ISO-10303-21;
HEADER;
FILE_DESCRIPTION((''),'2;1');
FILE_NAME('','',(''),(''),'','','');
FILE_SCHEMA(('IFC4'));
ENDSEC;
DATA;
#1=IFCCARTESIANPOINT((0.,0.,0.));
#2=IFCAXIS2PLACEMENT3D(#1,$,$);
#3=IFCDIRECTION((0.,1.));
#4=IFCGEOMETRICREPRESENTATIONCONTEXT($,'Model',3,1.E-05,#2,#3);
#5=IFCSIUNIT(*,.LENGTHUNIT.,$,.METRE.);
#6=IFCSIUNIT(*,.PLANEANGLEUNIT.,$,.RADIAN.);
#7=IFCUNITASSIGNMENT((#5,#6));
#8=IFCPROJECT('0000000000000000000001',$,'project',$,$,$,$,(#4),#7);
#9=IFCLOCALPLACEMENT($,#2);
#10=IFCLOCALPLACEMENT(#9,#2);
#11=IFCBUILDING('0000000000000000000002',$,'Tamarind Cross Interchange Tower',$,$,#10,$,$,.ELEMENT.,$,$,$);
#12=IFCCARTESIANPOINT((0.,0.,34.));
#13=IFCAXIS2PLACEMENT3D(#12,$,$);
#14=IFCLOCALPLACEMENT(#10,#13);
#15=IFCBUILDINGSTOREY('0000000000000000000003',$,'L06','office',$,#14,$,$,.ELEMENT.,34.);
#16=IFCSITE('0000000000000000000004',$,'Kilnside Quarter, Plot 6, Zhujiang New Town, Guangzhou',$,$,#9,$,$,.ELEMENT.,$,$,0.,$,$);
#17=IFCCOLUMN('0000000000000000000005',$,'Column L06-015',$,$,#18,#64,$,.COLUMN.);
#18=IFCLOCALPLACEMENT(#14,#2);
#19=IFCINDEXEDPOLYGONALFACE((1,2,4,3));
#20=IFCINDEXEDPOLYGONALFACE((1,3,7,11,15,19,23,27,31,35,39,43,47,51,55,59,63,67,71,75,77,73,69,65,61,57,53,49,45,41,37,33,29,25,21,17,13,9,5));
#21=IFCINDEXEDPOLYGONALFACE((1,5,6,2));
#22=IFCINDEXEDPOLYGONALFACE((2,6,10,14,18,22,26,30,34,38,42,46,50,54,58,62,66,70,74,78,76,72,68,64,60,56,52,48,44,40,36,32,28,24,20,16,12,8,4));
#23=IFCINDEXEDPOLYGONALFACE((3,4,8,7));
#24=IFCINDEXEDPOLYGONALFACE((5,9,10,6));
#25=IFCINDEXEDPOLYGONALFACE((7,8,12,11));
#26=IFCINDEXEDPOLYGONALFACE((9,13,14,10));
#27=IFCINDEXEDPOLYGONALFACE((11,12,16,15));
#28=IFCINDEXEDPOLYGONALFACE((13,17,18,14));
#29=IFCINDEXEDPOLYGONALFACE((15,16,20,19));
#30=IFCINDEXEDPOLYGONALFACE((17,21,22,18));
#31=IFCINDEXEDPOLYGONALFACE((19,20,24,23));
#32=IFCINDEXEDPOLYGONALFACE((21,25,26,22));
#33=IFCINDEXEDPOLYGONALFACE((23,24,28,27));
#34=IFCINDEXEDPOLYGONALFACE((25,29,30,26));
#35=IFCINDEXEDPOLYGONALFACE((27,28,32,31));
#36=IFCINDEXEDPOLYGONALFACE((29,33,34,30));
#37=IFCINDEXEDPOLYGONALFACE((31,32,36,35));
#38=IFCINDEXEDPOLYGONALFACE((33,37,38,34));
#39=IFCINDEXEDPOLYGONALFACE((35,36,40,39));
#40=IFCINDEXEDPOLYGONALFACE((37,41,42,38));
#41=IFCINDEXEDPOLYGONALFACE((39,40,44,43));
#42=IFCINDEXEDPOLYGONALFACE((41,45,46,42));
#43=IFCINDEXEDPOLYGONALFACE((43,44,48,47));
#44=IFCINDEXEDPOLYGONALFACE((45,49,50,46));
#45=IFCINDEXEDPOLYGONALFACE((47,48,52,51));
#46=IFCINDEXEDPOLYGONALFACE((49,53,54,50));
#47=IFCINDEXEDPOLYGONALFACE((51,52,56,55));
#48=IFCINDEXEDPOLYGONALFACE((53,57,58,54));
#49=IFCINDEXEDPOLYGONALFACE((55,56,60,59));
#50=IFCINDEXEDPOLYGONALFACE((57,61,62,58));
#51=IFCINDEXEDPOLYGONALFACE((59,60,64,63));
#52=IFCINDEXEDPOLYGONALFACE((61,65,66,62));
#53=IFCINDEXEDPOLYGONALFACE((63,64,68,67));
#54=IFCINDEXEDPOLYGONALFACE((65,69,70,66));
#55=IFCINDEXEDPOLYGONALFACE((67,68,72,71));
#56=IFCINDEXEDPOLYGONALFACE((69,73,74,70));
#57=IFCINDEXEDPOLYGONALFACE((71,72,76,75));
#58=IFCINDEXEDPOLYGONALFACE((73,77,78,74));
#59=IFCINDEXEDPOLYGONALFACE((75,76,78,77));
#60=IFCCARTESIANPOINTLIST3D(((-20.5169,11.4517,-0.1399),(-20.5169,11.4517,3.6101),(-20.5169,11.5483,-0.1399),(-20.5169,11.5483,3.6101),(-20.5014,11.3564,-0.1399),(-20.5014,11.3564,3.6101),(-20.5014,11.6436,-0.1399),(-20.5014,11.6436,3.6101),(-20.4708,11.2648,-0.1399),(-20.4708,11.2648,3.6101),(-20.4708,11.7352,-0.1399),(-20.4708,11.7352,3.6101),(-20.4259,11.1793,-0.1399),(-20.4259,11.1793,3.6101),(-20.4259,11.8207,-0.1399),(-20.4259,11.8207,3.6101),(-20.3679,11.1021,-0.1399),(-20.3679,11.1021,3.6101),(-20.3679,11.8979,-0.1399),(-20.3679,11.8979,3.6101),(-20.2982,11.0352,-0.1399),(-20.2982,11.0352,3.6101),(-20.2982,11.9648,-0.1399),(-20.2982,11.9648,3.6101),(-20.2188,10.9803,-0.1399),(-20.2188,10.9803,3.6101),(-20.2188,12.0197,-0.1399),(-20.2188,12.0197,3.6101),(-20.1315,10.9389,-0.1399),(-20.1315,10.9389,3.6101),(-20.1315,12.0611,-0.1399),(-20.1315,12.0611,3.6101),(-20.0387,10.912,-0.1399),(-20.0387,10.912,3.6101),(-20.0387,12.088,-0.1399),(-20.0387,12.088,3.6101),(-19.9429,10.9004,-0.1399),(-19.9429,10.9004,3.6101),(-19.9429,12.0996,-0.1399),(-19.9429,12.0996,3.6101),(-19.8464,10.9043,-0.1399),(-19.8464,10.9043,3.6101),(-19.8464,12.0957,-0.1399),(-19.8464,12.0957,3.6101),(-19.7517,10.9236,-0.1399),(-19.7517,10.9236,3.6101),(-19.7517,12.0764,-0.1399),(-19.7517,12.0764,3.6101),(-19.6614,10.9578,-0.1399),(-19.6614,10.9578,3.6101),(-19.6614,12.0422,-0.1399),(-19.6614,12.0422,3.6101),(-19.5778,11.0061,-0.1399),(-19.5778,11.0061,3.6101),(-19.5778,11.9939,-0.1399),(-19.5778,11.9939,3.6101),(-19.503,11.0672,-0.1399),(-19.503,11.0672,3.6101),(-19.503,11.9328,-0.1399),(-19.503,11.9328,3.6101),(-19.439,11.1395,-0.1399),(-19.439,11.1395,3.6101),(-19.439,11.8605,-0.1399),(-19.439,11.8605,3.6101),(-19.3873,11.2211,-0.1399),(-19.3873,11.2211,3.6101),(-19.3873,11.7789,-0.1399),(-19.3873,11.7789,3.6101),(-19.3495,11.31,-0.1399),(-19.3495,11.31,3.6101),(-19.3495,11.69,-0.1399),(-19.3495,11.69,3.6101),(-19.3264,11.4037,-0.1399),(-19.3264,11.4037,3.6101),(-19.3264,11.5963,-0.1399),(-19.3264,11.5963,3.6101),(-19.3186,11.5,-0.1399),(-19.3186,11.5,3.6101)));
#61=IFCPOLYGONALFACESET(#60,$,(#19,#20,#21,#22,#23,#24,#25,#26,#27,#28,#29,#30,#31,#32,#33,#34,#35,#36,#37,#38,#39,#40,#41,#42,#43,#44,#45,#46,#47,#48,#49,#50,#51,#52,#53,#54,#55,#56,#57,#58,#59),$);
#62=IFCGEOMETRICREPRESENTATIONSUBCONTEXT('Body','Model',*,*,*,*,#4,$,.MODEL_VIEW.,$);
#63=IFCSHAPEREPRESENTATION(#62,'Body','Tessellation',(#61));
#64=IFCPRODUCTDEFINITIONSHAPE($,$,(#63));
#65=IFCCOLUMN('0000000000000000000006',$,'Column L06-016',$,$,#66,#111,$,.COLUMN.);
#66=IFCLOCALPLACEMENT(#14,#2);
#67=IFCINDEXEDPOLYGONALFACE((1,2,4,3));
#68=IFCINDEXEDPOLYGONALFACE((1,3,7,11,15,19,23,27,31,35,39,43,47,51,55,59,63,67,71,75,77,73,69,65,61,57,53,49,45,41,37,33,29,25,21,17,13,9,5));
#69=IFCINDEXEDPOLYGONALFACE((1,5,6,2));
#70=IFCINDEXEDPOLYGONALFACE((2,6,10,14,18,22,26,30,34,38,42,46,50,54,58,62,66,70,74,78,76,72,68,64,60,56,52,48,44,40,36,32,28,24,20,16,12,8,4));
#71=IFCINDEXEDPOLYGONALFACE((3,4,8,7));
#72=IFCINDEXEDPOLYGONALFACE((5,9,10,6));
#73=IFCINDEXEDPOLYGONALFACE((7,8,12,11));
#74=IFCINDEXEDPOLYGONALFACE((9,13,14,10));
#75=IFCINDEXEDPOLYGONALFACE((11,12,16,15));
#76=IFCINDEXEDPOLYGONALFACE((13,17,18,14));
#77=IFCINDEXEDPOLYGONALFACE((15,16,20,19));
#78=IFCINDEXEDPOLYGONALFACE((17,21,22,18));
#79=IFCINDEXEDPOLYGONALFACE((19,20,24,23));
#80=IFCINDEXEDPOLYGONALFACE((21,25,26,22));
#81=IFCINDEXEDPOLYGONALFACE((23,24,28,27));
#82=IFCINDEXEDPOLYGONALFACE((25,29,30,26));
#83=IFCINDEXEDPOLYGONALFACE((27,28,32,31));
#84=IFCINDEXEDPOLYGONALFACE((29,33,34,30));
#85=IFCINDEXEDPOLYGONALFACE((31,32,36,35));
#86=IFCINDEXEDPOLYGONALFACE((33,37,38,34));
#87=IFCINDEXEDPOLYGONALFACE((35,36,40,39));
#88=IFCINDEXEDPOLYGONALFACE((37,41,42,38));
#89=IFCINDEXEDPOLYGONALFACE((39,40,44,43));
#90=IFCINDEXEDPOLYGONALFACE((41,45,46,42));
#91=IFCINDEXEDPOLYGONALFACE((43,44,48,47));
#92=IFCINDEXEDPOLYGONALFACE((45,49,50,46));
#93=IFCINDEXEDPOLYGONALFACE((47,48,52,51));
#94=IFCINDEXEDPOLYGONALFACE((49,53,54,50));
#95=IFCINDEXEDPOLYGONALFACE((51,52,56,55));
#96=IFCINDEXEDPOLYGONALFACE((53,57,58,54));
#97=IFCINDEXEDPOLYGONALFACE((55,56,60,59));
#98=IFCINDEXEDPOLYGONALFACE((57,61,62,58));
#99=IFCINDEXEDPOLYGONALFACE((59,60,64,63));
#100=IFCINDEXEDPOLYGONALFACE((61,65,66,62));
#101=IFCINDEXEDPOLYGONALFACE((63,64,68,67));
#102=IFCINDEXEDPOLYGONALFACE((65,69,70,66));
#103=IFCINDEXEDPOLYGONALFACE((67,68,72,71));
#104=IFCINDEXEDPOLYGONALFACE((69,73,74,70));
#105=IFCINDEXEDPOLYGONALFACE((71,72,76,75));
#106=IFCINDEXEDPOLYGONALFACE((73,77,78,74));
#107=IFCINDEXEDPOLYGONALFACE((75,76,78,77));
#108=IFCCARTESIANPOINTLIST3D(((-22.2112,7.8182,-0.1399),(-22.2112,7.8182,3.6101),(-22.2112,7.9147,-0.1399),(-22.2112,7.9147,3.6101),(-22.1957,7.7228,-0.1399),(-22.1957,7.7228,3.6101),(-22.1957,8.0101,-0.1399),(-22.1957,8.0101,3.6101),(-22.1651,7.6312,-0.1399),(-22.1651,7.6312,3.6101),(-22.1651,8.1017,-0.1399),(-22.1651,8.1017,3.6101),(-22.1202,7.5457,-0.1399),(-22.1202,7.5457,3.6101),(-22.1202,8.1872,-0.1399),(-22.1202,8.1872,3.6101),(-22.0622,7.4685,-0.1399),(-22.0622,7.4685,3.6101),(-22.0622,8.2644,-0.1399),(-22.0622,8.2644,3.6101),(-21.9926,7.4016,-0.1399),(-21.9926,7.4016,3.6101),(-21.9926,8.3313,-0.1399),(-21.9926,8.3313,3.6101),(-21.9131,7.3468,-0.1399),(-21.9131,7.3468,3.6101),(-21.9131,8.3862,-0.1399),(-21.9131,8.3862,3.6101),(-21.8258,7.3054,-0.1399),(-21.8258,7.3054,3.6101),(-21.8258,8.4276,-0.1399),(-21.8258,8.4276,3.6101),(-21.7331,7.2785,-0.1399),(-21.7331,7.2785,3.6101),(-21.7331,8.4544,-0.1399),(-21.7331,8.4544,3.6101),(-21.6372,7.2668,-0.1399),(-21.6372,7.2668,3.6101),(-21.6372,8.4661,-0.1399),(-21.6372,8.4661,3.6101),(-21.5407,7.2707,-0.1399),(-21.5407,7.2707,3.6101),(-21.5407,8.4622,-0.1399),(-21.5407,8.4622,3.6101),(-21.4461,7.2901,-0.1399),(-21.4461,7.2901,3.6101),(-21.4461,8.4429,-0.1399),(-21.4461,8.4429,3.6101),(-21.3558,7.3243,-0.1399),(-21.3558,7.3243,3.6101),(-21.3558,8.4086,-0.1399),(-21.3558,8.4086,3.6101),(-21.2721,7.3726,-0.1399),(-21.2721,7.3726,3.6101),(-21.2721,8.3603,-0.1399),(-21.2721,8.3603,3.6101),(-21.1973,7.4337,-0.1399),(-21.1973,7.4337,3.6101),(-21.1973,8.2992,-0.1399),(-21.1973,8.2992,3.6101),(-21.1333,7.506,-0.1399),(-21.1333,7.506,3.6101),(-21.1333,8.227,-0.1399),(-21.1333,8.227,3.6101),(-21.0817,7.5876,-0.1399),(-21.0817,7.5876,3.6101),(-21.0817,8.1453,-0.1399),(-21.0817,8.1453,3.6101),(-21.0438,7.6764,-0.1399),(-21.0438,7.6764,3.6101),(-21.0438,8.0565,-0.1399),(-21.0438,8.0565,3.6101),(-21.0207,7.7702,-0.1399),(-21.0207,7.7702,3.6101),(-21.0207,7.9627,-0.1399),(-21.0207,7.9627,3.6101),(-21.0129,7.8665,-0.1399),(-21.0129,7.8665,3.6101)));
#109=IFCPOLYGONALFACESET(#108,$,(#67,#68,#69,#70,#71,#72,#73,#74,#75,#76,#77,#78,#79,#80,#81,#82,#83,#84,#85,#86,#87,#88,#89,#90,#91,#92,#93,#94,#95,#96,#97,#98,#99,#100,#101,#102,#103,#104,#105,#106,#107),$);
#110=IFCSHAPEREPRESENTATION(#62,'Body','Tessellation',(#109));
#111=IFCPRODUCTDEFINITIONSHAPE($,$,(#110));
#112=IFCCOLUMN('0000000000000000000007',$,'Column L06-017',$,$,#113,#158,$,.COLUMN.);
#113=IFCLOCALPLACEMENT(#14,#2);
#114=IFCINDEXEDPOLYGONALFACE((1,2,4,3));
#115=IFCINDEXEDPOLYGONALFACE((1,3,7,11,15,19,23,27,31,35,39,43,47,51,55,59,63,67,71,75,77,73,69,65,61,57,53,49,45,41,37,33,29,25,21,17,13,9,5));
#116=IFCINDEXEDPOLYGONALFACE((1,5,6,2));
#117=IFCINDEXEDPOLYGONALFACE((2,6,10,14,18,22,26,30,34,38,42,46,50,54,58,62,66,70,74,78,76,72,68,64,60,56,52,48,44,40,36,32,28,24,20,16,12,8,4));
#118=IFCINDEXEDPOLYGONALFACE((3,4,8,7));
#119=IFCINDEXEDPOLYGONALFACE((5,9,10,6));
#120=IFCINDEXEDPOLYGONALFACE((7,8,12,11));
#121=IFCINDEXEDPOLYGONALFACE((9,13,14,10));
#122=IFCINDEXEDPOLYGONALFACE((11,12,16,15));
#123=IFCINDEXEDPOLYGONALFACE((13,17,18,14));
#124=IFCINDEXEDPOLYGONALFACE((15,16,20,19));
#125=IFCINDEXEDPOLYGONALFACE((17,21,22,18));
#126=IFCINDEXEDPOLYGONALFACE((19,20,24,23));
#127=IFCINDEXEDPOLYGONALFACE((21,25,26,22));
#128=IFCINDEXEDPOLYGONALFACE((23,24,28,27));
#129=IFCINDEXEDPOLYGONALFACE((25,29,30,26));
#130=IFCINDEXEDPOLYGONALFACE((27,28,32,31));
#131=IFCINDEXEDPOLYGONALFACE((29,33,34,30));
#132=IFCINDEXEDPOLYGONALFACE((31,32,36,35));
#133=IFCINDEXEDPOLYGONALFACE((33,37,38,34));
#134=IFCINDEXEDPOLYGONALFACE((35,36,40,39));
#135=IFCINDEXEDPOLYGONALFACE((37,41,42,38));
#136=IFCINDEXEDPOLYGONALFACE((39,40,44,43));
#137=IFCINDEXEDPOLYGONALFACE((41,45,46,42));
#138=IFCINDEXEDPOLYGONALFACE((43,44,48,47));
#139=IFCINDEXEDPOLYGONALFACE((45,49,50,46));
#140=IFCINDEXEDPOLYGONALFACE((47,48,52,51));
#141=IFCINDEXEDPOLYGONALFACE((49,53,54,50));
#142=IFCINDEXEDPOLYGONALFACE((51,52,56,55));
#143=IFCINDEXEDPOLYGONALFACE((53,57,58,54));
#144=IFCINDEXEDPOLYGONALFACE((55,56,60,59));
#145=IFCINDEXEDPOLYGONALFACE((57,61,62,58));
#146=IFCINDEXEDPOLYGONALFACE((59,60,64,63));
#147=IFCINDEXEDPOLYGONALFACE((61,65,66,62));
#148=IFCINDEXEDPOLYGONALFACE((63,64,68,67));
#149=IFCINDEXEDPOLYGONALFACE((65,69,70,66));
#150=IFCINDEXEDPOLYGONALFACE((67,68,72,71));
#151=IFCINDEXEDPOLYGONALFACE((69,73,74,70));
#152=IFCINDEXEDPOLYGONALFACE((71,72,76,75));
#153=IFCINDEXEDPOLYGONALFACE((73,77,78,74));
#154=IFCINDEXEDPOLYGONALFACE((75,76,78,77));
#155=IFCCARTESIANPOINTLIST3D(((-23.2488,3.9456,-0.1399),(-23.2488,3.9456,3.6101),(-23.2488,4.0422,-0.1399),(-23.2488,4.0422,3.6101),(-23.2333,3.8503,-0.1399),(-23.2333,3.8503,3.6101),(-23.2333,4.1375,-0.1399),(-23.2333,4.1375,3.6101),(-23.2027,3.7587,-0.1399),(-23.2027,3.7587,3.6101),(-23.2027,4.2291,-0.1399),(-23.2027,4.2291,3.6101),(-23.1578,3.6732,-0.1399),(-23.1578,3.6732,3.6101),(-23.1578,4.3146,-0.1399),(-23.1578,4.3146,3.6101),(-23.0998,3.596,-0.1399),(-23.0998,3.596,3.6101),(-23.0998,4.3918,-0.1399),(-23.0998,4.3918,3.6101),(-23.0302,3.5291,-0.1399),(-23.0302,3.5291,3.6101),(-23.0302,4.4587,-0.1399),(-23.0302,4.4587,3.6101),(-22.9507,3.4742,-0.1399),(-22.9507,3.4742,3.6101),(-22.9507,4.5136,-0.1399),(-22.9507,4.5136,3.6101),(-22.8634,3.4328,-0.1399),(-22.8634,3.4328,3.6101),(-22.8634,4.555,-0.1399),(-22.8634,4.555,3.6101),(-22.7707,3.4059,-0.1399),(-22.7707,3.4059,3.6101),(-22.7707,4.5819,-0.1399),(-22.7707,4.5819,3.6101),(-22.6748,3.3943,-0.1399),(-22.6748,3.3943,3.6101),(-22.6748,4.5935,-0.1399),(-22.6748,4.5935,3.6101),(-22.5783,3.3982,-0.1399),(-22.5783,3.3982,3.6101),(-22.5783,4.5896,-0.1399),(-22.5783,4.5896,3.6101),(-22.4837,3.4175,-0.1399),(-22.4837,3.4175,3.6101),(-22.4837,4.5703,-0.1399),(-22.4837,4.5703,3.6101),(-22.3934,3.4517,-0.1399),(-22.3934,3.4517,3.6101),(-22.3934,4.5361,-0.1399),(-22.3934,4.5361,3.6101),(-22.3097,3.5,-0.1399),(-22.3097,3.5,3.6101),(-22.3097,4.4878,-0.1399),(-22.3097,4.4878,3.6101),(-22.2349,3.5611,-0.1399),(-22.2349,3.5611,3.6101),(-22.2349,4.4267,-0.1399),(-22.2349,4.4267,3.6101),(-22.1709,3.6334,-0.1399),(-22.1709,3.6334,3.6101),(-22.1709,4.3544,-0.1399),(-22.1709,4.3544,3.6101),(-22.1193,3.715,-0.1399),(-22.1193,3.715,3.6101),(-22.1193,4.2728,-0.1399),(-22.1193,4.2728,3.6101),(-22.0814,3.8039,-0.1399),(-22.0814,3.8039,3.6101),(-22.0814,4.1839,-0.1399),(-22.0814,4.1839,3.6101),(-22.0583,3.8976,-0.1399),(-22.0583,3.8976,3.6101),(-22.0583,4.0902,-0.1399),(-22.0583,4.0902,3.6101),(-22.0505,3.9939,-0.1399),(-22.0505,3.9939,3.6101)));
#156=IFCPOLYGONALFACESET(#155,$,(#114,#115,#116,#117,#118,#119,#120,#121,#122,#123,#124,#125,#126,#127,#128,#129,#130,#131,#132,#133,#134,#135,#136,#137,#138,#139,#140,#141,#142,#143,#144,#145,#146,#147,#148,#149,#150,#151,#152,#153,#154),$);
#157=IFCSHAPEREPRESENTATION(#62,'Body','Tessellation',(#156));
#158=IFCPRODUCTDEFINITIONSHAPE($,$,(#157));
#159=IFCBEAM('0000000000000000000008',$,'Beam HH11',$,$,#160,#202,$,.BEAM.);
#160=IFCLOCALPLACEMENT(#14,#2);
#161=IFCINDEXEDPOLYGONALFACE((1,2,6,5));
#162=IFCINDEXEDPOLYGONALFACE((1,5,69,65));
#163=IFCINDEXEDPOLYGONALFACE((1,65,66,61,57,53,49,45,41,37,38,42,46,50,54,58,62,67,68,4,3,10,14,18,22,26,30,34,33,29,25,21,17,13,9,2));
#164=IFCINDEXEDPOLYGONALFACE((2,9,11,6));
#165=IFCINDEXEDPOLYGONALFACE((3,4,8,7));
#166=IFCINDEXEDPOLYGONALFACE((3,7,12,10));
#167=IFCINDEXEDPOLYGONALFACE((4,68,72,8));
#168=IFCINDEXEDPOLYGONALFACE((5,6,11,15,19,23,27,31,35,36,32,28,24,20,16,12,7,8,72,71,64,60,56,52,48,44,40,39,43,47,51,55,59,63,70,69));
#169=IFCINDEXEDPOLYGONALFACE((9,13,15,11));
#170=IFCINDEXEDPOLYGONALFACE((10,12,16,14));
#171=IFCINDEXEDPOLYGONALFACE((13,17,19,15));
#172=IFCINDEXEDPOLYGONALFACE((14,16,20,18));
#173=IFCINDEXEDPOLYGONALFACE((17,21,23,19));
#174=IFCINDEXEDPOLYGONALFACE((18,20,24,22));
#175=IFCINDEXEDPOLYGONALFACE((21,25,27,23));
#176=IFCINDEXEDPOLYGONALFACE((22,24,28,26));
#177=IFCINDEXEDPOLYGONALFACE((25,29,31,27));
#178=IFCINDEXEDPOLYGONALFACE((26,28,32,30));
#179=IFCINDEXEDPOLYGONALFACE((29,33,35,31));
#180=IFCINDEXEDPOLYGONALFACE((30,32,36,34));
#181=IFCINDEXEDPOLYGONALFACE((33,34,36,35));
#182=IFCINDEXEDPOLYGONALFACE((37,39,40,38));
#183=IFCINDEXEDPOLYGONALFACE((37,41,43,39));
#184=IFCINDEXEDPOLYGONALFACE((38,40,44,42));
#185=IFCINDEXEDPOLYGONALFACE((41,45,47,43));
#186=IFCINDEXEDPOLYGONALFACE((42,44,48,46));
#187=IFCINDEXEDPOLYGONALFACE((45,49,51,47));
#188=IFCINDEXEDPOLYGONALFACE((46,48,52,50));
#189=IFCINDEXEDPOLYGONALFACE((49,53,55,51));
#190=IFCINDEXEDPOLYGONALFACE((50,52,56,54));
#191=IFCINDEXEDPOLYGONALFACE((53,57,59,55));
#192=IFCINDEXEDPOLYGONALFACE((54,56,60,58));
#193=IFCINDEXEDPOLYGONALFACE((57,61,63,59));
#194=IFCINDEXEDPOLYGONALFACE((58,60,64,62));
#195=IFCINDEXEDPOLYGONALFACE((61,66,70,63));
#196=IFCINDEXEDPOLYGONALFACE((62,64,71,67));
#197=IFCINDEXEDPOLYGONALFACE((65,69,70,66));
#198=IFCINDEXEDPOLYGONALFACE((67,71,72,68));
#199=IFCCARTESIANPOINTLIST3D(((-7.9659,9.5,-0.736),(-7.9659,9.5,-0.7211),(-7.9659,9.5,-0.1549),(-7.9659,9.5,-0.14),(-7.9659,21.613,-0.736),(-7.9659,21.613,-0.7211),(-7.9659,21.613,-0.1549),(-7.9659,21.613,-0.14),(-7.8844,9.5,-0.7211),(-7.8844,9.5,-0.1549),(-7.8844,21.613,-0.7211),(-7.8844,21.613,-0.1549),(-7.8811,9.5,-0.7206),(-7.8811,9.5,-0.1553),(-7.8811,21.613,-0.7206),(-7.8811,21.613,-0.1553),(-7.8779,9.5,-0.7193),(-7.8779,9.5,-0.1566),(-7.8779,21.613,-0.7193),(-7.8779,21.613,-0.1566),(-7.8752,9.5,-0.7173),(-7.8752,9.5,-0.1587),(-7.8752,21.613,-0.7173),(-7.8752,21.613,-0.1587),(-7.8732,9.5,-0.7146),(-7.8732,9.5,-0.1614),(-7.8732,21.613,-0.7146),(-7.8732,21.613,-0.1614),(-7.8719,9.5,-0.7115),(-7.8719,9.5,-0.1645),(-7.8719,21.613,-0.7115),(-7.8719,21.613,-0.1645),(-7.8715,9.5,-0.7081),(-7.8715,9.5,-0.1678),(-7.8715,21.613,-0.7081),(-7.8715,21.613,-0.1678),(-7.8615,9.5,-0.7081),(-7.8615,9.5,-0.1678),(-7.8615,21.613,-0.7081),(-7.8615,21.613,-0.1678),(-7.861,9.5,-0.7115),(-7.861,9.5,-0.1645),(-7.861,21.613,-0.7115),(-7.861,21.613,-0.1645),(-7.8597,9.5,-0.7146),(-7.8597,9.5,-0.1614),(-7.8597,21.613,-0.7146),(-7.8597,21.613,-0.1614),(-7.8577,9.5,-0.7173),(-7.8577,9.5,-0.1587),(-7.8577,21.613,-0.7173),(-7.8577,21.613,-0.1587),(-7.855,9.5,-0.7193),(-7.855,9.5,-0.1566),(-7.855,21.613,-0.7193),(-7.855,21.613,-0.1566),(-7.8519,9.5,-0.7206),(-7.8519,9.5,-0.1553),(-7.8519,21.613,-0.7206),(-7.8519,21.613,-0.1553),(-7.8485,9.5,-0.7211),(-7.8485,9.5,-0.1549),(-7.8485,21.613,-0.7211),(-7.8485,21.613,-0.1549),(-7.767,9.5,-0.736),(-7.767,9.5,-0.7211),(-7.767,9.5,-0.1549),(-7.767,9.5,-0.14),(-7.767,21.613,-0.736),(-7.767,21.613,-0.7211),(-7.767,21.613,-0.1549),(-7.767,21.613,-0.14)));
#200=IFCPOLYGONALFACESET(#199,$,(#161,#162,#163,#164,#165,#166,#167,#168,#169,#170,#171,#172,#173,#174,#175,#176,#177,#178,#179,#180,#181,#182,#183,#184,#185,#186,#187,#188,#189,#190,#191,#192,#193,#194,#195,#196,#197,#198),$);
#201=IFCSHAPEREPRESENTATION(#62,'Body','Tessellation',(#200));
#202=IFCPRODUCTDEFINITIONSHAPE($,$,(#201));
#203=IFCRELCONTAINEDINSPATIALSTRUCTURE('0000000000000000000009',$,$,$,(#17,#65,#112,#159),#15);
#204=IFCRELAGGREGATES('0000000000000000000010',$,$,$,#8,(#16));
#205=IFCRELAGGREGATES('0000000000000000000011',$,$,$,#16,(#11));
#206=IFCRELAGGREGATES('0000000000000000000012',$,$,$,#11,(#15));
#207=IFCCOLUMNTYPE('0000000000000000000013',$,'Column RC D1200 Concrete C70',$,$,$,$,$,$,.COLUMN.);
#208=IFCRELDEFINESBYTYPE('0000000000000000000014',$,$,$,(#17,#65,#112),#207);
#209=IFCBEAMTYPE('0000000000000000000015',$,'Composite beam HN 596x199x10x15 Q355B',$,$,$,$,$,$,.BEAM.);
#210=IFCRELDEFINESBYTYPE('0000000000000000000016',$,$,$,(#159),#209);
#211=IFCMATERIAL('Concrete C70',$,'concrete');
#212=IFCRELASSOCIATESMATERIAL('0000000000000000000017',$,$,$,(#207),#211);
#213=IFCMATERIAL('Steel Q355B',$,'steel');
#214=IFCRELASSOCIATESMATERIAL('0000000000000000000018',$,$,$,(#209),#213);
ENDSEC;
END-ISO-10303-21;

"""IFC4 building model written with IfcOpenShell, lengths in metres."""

from ifc_helpers import new_model, si_unit, direction, frame, origin, origin_2d, place, context, subcontext, project, spatial, circle, i_section, extrude, material, material_profile, profile_set, type_object, element, save


model = new_model("IFC4")

# Units and contexts
model_context = context("Model", 3, precision=1e-05, world=origin(), true_north=direction((0.0, 1.0)))
body_context = subcontext(model_context, "Body", "Model", "MODEL_VIEW")
ifc_project = project(units=[si_unit("LENGTHUNIT", "METRE"), si_unit("PLANEANGLEUNIT", "RADIAN")], contexts=[model_context])

# Site, building, storey
site_placement = place(None, origin())
site = spatial("IfcSite", under=ifc_project, at=site_placement, Name="Kilnside Quarter, Plot 6, Zhujiang New Town, Guangzhou", CompositionType="ELEMENT", RefElevation=0.0)
building_placement = place(site_placement, origin())
building = spatial("IfcBuilding", under=site, at=building_placement, Name="Tamarind Cross Interchange Tower", CompositionType="ELEMENT")
storey_placement = place(building_placement, frame((0.0, 0.0, 34.0)))
storey = spatial("IfcBuildingStorey", under=building, at=storey_placement, Name="L06", Description="office", CompositionType="ELEMENT", Elevation=34.0)

# Columns
ifc_material_1 = material(Name="Concrete C70", Category="concrete")
ifc_material_profile_1 = material_profile(ifc_material_1, circle(Radius=0.6001, at=origin_2d()), Name="RC D1200")
ifc_profile_set_1 = profile_set([ifc_material_profile_1], Name="Concrete C70")
column_type = type_object("IfcColumnType", Name="Column RC D1200 Concrete C70", PredefinedType="COLUMN", material=ifc_profile_set_1)
for number, where, z_axis, x_axis, name in (
    (1, (-19.9187, 11.5, -0.1399), (0.0, 0.0, 1.0), (1.0, 0.0, 0.0), "Column L06-015"),
    (2, (-21.613, 7.8665, -0.1399), (0.0, 0.0, 1.0), (1.0, 0.0, 0.0), "Column L06-016"),
    (3, (-22.6506, 3.9939, -0.1399), (0.0, 0.0, 1.0), (1.0, 0.0, 0.0), "Column L06-017"),
):
    element("IfcColumn", number, at=place(storey_placement, frame(where, z_axis=z_axis, x_axis=x_axis)), inside=storey, type_object=column_type, Name=name, PredefinedType="COLUMN", context=body_context, shape_type="SweptSolid", body=[
        extrude(circle(Radius=0.6001, at=origin_2d()), origin(), (0.0, 0.0, 1.0), 3.75),
    ])

# Beam
ifc_material_2 = material(Name="Steel Q355B", Category="steel")
ifc_material_profile_2 = material_profile(ifc_material_2, i_section(OverallWidth=0.199, OverallDepth=0.5959, WebThickness=0.01, FlangeThickness=0.0149, FilletRadius=0.0129, at=origin_2d()), Name="HN 596x199x10x15")
ifc_profile_set_2 = profile_set([ifc_material_profile_2], Name="Steel Q355B")
beam_type_1 = type_object("IfcBeamType", Name="Composite beam HN 596x199x10x15 Q355B", PredefinedType="BEAM", material=ifc_profile_set_2)
beam_1_placement = place(storey_placement, frame((-7.8665, 21.613, -0.438), z_axis=(0.0, -1.0, 0.0), x_axis=(1.0, 0.0, 0.0)))
element("IfcBeam", 4, at=beam_1_placement, inside=storey, type_object=beam_type_1, Name="Beam HH11", PredefinedType="BEAM", context=body_context, shape_type="SweptSolid", body=[
    extrude(i_section(OverallWidth=0.199, OverallDepth=0.5959, WebThickness=0.01, FlangeThickness=0.0149, FilletRadius=0.0129, at=origin_2d()), origin(), (0.0, 0.0, 1.0), 12.113),
])

save(model, "model.ifc")
